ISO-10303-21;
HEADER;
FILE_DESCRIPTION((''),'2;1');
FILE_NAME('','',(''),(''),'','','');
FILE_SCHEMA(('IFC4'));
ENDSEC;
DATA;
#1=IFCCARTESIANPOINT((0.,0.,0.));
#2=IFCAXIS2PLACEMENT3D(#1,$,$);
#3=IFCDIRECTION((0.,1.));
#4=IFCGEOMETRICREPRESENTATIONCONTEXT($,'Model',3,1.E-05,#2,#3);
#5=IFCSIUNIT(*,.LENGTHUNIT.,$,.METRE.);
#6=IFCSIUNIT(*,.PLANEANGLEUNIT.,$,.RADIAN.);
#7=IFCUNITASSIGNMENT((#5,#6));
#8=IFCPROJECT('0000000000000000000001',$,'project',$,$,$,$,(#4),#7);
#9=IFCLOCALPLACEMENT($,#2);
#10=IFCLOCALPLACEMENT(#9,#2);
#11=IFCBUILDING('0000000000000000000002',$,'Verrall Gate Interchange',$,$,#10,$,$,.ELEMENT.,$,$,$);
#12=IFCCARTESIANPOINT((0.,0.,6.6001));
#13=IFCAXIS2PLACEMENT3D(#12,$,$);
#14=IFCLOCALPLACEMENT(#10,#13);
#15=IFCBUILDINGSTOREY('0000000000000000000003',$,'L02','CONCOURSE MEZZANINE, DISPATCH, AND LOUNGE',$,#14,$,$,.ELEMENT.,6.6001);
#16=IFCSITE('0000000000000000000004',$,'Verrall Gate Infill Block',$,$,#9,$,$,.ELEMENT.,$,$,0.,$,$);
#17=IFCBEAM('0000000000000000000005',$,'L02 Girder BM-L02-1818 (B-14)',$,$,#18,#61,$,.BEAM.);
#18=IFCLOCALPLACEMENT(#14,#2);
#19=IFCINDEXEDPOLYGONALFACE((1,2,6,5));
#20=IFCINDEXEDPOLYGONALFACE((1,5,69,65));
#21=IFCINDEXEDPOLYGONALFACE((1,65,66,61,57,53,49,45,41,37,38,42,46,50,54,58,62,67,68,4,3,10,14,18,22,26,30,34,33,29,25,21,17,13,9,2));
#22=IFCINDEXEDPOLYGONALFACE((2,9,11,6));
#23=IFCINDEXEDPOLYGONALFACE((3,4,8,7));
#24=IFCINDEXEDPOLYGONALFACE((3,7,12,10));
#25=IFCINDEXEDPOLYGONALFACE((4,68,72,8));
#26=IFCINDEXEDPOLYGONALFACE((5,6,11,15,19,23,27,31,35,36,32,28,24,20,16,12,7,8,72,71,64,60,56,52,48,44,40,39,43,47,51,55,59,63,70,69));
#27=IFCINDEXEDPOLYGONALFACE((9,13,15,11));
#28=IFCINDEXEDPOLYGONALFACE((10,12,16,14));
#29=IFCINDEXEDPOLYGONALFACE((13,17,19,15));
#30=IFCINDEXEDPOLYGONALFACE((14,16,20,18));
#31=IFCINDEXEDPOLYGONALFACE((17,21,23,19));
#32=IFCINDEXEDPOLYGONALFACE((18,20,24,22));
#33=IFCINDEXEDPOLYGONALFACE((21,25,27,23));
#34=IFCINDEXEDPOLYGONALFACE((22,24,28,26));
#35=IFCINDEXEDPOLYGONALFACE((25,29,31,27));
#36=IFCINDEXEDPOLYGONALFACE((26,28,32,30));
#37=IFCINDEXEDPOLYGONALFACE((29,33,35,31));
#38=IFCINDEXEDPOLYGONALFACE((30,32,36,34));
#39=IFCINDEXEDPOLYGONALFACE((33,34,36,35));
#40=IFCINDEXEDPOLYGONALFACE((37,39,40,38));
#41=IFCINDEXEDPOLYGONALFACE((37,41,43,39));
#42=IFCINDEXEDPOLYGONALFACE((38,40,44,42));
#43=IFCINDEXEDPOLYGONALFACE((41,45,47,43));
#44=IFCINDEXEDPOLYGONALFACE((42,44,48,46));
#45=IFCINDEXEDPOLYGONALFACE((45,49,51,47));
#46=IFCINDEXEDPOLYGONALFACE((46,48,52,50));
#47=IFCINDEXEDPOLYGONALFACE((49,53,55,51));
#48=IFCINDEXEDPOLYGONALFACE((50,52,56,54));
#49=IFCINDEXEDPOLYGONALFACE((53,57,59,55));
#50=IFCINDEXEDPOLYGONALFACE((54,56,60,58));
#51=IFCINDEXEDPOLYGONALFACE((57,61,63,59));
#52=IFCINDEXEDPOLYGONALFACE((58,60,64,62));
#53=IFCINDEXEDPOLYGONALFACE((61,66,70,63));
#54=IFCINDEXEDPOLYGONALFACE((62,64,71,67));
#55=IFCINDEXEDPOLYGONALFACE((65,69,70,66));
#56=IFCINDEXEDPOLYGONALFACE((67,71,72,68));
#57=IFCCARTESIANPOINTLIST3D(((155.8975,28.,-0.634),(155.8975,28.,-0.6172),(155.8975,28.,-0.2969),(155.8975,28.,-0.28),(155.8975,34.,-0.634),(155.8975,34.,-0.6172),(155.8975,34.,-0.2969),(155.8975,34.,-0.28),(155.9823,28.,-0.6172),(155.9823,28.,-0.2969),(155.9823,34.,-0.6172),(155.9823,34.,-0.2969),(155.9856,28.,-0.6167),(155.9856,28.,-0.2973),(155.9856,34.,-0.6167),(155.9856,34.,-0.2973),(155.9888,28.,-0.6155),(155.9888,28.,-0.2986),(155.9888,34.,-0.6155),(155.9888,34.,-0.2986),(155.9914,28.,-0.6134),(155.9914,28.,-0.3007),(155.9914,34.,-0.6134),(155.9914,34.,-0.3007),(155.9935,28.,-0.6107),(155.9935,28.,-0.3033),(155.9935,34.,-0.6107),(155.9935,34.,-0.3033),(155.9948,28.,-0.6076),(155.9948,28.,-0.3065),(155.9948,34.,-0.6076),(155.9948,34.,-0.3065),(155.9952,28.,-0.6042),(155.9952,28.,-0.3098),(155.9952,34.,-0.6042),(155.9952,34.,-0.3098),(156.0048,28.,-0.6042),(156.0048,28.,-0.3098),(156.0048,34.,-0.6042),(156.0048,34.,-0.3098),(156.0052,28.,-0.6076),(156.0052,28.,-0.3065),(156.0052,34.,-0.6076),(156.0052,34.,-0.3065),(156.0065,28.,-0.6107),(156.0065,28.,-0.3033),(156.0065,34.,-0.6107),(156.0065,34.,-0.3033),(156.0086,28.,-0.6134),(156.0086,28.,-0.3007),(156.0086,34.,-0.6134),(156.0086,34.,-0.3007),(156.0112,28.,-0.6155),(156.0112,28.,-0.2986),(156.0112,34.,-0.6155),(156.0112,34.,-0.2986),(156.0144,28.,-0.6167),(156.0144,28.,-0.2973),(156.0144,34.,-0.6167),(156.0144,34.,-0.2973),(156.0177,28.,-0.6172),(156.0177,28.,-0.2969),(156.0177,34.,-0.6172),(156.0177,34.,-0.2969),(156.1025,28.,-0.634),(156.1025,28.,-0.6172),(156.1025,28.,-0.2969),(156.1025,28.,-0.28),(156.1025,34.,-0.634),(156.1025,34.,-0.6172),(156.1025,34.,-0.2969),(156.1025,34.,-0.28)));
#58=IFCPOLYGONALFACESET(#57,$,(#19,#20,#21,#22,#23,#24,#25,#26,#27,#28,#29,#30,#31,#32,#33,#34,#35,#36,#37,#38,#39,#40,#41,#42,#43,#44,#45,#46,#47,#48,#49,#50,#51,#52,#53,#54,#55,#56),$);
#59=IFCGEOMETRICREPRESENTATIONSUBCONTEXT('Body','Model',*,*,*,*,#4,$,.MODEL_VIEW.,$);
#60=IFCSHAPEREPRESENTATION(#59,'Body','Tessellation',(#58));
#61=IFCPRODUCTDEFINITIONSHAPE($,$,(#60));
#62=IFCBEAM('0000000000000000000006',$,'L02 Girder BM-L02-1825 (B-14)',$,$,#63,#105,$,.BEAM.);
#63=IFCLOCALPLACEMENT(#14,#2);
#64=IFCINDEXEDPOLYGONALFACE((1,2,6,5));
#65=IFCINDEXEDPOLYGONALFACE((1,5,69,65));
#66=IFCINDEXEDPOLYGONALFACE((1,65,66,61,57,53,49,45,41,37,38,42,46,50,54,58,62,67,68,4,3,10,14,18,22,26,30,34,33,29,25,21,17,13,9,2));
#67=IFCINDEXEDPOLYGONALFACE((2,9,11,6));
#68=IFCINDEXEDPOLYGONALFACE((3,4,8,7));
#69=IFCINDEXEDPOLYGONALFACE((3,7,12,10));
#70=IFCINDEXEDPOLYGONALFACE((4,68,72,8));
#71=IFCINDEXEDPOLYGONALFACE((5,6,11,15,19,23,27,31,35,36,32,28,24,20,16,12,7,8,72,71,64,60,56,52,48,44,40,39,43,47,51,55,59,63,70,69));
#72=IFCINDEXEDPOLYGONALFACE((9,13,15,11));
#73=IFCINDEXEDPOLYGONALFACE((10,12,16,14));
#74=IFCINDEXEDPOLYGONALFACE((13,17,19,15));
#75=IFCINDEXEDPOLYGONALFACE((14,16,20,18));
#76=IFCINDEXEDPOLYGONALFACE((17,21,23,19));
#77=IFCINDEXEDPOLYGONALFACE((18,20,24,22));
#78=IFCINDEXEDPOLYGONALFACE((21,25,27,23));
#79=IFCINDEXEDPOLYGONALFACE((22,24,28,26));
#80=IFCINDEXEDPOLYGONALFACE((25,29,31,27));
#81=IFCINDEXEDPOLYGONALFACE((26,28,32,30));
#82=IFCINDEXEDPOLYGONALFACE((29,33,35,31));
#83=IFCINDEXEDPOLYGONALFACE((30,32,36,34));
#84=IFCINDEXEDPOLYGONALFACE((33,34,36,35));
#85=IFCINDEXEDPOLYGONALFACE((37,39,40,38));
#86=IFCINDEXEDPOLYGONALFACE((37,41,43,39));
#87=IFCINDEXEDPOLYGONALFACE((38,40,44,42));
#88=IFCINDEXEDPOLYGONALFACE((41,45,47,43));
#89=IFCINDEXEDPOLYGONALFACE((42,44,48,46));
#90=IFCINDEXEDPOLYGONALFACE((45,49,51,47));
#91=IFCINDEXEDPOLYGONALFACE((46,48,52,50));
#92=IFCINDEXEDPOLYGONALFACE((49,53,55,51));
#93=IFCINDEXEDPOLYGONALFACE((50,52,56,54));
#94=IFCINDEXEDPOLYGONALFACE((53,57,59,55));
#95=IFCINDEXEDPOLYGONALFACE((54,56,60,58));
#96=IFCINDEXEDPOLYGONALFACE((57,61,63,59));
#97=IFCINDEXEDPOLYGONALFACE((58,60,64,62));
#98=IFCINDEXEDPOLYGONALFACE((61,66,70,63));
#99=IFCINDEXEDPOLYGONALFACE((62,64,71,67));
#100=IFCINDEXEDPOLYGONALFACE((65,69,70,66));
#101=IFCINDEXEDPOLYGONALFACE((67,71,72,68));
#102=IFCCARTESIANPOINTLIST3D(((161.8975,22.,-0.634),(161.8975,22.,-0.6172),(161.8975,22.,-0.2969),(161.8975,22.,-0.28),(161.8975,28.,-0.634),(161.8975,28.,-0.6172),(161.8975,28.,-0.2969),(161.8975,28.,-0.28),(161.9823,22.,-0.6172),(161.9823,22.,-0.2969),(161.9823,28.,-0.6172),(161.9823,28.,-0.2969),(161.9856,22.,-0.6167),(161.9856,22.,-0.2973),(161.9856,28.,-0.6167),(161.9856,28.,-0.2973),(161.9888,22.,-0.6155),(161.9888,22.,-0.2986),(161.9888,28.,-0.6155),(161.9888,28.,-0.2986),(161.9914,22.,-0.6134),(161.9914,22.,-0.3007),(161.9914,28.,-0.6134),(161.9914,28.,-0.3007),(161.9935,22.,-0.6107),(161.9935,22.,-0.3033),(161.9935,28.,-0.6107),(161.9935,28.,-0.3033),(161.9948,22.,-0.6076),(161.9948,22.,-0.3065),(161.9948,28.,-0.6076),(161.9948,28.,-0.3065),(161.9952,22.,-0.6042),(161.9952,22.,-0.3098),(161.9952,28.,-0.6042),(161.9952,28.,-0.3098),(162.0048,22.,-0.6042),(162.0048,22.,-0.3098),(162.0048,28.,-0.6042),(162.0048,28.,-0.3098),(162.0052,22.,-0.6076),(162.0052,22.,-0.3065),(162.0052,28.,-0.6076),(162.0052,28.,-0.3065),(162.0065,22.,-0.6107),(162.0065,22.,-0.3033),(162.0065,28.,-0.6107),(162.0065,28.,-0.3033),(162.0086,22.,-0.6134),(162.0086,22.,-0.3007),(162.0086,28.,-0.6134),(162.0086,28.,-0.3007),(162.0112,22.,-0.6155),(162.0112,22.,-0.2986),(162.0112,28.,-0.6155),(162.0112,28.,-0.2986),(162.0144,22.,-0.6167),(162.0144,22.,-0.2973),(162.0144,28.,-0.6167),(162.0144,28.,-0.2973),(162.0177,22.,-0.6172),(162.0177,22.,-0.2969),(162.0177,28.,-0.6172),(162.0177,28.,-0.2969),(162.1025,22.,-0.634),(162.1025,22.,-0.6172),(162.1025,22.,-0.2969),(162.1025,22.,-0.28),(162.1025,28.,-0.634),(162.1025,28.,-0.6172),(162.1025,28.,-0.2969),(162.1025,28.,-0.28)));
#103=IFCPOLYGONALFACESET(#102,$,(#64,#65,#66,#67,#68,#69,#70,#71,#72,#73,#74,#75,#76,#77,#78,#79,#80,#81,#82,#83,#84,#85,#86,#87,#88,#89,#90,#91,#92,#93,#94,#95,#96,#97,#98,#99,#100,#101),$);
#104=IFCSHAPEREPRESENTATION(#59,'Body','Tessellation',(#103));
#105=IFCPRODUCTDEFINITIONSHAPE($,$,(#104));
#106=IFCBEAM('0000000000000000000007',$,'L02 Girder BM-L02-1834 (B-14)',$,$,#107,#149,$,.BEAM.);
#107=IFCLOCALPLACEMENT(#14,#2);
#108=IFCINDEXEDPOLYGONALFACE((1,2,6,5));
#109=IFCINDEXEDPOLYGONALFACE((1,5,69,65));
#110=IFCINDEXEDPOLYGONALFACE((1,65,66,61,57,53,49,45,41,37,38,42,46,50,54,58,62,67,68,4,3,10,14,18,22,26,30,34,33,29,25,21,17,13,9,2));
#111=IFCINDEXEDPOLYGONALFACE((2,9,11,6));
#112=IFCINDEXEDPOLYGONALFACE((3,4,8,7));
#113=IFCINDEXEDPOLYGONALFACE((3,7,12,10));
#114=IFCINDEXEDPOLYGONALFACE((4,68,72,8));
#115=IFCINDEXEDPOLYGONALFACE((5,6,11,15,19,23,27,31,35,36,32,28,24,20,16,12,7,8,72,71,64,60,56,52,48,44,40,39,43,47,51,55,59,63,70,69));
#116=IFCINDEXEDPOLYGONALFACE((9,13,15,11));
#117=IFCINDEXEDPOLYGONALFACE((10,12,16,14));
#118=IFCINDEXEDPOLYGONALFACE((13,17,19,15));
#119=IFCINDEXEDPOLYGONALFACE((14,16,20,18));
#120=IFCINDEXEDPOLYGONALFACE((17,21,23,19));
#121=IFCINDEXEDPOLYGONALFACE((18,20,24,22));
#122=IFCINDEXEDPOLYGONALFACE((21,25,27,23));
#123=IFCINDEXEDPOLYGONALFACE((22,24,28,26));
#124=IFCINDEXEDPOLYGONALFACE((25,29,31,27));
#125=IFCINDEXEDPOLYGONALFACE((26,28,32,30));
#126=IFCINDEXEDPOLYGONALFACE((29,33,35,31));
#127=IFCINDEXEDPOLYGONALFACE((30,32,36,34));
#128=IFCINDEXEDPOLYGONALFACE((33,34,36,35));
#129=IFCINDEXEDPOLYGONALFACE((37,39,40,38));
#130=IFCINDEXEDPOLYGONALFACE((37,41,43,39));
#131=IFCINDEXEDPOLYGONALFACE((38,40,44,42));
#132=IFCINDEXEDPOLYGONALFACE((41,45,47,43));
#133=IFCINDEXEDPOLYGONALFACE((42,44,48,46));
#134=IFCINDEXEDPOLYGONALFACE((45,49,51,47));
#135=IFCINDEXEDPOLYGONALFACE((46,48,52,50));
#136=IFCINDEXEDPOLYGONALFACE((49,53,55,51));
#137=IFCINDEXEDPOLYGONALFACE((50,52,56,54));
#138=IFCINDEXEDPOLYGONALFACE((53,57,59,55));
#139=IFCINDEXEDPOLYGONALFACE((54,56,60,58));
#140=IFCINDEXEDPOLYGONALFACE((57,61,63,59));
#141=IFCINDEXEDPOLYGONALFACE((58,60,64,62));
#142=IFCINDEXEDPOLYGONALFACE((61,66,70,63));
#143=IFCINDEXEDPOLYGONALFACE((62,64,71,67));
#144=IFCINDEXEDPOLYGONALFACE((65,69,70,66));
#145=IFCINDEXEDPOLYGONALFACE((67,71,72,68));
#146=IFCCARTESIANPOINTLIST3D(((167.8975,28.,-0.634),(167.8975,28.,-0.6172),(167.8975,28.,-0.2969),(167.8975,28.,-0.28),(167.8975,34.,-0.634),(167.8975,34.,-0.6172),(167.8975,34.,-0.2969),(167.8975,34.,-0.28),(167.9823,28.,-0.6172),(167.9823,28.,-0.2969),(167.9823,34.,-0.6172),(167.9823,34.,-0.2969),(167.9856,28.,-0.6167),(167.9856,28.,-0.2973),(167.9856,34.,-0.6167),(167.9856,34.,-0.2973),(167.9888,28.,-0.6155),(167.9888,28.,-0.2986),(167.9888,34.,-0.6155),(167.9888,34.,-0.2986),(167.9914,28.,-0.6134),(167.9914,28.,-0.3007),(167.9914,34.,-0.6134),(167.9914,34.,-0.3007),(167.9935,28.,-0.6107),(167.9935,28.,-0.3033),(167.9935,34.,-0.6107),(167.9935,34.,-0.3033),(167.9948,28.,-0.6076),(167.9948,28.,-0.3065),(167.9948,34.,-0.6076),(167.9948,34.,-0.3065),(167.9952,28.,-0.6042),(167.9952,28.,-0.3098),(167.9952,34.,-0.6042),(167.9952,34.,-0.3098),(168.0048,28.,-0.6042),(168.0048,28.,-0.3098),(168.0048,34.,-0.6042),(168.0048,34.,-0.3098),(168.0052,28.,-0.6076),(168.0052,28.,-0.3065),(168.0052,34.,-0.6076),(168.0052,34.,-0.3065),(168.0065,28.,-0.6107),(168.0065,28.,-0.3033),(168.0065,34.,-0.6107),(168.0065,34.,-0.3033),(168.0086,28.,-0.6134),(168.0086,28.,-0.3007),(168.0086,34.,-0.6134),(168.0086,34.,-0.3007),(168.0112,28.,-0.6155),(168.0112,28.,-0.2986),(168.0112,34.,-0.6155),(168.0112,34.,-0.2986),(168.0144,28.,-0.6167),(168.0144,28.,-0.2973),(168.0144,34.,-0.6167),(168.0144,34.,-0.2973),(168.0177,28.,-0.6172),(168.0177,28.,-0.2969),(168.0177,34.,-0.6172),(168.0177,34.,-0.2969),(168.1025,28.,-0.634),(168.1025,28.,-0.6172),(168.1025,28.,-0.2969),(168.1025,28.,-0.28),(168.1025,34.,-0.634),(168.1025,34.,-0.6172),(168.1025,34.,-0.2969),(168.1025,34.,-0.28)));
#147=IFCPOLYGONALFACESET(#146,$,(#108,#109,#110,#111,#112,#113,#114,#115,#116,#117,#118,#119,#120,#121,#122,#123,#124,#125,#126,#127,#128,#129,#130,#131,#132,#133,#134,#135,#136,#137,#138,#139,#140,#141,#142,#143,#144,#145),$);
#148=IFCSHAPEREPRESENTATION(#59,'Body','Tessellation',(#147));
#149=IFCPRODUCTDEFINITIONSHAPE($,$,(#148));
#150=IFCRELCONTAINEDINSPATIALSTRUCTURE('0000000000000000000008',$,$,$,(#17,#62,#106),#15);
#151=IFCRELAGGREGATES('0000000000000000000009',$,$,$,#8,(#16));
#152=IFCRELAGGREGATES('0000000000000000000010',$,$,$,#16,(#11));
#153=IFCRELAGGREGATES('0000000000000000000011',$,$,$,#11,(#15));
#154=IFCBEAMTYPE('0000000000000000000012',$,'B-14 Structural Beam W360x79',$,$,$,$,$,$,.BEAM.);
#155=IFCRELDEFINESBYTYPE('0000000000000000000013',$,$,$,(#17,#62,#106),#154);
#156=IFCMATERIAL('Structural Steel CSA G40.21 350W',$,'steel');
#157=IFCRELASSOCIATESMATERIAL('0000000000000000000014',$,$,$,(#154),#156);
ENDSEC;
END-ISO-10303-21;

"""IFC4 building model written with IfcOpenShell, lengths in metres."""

from ifc_helpers import new_model, si_unit, direction, frame, origin, origin_2d, place, context, subcontext, project, spatial, i_section, extrude, material, material_profile, profile_set, type_object, element, save


model = new_model("IFC4")

# Units and contexts
model_context = context("Model", 3, precision=1e-05, world=origin(), true_north=direction((0.0, 1.0)))
body_context = subcontext(model_context, "Body", "Model", "MODEL_VIEW")
ifc_project = project(units=[si_unit("LENGTHUNIT", "METRE"), si_unit("PLANEANGLEUNIT", "RADIAN")], contexts=[model_context])

# Site, building, storey
site_placement = place(None, origin())
site = spatial("IfcSite", under=ifc_project, at=site_placement, Name="Verrall Gate Infill Block", CompositionType="ELEMENT", RefElevation=0.0)
building_placement = place(site_placement, origin())
building = spatial("IfcBuilding", under=site, at=building_placement, Name="Verrall Gate Interchange", CompositionType="ELEMENT")
storey_placement = place(building_placement, frame((0.0, 0.0, 6.6001)))
storey = spatial("IfcBuildingStorey", under=building, at=storey_placement, Name="L02", Description="CONCOURSE MEZZANINE, DISPATCH, AND LOUNGE", CompositionType="ELEMENT", Elevation=6.6001)

# Beams
ifc_material_1 = material(Name="Structural Steel CSA G40.21 350W", Category="steel")
ifc_material_profile_1 = material_profile(ifc_material_1, i_section(OverallWidth=0.2051, OverallDepth=0.354, WebThickness=0.0095, FlangeThickness=0.0168, FilletRadius=0.0129, at=origin_2d()), Name="W360x79")
ifc_profile_set_1 = profile_set([ifc_material_profile_1], Name="Structural Steel CSA G40.21 350W")
beam_type_1 = type_object("IfcBeamType", Name="B-14 Structural Beam W360x79", PredefinedType="BEAM", material=ifc_profile_set_1)
for number, where, z_axis, x_axis, name in (
    (1, (156.0, 28.0, -0.457), (0.0, 1.0, 0.0), (-1.0, 0.0, 0.0), "L02 Girder BM-L02-1818 (B-14)"),
    (2, (162.0, 22.0, -0.457), (0.0, 1.0, 0.0), (-1.0, 0.0, 0.0), "L02 Girder BM-L02-1825 (B-14)"),
    (3, (168.0, 28.0, -0.457), (0.0, 1.0, 0.0), (-1.0, 0.0, 0.0), "L02 Girder BM-L02-1834 (B-14)"),
):
    element("IfcBeam", number, at=place(storey_placement, frame(where, z_axis=z_axis, x_axis=x_axis)), inside=storey, type_object=beam_type_1, Name=name, PredefinedType="BEAM", context=body_context, shape_type="SweptSolid", body=[
        extrude(i_section(OverallWidth=0.2051, OverallDepth=0.354, WebThickness=0.0095, FlangeThickness=0.0168, FilletRadius=0.0129, at=origin_2d()), origin(), (0.0, 0.0, 1.0), 6.0),
    ])

save(model, "model.ifc")
